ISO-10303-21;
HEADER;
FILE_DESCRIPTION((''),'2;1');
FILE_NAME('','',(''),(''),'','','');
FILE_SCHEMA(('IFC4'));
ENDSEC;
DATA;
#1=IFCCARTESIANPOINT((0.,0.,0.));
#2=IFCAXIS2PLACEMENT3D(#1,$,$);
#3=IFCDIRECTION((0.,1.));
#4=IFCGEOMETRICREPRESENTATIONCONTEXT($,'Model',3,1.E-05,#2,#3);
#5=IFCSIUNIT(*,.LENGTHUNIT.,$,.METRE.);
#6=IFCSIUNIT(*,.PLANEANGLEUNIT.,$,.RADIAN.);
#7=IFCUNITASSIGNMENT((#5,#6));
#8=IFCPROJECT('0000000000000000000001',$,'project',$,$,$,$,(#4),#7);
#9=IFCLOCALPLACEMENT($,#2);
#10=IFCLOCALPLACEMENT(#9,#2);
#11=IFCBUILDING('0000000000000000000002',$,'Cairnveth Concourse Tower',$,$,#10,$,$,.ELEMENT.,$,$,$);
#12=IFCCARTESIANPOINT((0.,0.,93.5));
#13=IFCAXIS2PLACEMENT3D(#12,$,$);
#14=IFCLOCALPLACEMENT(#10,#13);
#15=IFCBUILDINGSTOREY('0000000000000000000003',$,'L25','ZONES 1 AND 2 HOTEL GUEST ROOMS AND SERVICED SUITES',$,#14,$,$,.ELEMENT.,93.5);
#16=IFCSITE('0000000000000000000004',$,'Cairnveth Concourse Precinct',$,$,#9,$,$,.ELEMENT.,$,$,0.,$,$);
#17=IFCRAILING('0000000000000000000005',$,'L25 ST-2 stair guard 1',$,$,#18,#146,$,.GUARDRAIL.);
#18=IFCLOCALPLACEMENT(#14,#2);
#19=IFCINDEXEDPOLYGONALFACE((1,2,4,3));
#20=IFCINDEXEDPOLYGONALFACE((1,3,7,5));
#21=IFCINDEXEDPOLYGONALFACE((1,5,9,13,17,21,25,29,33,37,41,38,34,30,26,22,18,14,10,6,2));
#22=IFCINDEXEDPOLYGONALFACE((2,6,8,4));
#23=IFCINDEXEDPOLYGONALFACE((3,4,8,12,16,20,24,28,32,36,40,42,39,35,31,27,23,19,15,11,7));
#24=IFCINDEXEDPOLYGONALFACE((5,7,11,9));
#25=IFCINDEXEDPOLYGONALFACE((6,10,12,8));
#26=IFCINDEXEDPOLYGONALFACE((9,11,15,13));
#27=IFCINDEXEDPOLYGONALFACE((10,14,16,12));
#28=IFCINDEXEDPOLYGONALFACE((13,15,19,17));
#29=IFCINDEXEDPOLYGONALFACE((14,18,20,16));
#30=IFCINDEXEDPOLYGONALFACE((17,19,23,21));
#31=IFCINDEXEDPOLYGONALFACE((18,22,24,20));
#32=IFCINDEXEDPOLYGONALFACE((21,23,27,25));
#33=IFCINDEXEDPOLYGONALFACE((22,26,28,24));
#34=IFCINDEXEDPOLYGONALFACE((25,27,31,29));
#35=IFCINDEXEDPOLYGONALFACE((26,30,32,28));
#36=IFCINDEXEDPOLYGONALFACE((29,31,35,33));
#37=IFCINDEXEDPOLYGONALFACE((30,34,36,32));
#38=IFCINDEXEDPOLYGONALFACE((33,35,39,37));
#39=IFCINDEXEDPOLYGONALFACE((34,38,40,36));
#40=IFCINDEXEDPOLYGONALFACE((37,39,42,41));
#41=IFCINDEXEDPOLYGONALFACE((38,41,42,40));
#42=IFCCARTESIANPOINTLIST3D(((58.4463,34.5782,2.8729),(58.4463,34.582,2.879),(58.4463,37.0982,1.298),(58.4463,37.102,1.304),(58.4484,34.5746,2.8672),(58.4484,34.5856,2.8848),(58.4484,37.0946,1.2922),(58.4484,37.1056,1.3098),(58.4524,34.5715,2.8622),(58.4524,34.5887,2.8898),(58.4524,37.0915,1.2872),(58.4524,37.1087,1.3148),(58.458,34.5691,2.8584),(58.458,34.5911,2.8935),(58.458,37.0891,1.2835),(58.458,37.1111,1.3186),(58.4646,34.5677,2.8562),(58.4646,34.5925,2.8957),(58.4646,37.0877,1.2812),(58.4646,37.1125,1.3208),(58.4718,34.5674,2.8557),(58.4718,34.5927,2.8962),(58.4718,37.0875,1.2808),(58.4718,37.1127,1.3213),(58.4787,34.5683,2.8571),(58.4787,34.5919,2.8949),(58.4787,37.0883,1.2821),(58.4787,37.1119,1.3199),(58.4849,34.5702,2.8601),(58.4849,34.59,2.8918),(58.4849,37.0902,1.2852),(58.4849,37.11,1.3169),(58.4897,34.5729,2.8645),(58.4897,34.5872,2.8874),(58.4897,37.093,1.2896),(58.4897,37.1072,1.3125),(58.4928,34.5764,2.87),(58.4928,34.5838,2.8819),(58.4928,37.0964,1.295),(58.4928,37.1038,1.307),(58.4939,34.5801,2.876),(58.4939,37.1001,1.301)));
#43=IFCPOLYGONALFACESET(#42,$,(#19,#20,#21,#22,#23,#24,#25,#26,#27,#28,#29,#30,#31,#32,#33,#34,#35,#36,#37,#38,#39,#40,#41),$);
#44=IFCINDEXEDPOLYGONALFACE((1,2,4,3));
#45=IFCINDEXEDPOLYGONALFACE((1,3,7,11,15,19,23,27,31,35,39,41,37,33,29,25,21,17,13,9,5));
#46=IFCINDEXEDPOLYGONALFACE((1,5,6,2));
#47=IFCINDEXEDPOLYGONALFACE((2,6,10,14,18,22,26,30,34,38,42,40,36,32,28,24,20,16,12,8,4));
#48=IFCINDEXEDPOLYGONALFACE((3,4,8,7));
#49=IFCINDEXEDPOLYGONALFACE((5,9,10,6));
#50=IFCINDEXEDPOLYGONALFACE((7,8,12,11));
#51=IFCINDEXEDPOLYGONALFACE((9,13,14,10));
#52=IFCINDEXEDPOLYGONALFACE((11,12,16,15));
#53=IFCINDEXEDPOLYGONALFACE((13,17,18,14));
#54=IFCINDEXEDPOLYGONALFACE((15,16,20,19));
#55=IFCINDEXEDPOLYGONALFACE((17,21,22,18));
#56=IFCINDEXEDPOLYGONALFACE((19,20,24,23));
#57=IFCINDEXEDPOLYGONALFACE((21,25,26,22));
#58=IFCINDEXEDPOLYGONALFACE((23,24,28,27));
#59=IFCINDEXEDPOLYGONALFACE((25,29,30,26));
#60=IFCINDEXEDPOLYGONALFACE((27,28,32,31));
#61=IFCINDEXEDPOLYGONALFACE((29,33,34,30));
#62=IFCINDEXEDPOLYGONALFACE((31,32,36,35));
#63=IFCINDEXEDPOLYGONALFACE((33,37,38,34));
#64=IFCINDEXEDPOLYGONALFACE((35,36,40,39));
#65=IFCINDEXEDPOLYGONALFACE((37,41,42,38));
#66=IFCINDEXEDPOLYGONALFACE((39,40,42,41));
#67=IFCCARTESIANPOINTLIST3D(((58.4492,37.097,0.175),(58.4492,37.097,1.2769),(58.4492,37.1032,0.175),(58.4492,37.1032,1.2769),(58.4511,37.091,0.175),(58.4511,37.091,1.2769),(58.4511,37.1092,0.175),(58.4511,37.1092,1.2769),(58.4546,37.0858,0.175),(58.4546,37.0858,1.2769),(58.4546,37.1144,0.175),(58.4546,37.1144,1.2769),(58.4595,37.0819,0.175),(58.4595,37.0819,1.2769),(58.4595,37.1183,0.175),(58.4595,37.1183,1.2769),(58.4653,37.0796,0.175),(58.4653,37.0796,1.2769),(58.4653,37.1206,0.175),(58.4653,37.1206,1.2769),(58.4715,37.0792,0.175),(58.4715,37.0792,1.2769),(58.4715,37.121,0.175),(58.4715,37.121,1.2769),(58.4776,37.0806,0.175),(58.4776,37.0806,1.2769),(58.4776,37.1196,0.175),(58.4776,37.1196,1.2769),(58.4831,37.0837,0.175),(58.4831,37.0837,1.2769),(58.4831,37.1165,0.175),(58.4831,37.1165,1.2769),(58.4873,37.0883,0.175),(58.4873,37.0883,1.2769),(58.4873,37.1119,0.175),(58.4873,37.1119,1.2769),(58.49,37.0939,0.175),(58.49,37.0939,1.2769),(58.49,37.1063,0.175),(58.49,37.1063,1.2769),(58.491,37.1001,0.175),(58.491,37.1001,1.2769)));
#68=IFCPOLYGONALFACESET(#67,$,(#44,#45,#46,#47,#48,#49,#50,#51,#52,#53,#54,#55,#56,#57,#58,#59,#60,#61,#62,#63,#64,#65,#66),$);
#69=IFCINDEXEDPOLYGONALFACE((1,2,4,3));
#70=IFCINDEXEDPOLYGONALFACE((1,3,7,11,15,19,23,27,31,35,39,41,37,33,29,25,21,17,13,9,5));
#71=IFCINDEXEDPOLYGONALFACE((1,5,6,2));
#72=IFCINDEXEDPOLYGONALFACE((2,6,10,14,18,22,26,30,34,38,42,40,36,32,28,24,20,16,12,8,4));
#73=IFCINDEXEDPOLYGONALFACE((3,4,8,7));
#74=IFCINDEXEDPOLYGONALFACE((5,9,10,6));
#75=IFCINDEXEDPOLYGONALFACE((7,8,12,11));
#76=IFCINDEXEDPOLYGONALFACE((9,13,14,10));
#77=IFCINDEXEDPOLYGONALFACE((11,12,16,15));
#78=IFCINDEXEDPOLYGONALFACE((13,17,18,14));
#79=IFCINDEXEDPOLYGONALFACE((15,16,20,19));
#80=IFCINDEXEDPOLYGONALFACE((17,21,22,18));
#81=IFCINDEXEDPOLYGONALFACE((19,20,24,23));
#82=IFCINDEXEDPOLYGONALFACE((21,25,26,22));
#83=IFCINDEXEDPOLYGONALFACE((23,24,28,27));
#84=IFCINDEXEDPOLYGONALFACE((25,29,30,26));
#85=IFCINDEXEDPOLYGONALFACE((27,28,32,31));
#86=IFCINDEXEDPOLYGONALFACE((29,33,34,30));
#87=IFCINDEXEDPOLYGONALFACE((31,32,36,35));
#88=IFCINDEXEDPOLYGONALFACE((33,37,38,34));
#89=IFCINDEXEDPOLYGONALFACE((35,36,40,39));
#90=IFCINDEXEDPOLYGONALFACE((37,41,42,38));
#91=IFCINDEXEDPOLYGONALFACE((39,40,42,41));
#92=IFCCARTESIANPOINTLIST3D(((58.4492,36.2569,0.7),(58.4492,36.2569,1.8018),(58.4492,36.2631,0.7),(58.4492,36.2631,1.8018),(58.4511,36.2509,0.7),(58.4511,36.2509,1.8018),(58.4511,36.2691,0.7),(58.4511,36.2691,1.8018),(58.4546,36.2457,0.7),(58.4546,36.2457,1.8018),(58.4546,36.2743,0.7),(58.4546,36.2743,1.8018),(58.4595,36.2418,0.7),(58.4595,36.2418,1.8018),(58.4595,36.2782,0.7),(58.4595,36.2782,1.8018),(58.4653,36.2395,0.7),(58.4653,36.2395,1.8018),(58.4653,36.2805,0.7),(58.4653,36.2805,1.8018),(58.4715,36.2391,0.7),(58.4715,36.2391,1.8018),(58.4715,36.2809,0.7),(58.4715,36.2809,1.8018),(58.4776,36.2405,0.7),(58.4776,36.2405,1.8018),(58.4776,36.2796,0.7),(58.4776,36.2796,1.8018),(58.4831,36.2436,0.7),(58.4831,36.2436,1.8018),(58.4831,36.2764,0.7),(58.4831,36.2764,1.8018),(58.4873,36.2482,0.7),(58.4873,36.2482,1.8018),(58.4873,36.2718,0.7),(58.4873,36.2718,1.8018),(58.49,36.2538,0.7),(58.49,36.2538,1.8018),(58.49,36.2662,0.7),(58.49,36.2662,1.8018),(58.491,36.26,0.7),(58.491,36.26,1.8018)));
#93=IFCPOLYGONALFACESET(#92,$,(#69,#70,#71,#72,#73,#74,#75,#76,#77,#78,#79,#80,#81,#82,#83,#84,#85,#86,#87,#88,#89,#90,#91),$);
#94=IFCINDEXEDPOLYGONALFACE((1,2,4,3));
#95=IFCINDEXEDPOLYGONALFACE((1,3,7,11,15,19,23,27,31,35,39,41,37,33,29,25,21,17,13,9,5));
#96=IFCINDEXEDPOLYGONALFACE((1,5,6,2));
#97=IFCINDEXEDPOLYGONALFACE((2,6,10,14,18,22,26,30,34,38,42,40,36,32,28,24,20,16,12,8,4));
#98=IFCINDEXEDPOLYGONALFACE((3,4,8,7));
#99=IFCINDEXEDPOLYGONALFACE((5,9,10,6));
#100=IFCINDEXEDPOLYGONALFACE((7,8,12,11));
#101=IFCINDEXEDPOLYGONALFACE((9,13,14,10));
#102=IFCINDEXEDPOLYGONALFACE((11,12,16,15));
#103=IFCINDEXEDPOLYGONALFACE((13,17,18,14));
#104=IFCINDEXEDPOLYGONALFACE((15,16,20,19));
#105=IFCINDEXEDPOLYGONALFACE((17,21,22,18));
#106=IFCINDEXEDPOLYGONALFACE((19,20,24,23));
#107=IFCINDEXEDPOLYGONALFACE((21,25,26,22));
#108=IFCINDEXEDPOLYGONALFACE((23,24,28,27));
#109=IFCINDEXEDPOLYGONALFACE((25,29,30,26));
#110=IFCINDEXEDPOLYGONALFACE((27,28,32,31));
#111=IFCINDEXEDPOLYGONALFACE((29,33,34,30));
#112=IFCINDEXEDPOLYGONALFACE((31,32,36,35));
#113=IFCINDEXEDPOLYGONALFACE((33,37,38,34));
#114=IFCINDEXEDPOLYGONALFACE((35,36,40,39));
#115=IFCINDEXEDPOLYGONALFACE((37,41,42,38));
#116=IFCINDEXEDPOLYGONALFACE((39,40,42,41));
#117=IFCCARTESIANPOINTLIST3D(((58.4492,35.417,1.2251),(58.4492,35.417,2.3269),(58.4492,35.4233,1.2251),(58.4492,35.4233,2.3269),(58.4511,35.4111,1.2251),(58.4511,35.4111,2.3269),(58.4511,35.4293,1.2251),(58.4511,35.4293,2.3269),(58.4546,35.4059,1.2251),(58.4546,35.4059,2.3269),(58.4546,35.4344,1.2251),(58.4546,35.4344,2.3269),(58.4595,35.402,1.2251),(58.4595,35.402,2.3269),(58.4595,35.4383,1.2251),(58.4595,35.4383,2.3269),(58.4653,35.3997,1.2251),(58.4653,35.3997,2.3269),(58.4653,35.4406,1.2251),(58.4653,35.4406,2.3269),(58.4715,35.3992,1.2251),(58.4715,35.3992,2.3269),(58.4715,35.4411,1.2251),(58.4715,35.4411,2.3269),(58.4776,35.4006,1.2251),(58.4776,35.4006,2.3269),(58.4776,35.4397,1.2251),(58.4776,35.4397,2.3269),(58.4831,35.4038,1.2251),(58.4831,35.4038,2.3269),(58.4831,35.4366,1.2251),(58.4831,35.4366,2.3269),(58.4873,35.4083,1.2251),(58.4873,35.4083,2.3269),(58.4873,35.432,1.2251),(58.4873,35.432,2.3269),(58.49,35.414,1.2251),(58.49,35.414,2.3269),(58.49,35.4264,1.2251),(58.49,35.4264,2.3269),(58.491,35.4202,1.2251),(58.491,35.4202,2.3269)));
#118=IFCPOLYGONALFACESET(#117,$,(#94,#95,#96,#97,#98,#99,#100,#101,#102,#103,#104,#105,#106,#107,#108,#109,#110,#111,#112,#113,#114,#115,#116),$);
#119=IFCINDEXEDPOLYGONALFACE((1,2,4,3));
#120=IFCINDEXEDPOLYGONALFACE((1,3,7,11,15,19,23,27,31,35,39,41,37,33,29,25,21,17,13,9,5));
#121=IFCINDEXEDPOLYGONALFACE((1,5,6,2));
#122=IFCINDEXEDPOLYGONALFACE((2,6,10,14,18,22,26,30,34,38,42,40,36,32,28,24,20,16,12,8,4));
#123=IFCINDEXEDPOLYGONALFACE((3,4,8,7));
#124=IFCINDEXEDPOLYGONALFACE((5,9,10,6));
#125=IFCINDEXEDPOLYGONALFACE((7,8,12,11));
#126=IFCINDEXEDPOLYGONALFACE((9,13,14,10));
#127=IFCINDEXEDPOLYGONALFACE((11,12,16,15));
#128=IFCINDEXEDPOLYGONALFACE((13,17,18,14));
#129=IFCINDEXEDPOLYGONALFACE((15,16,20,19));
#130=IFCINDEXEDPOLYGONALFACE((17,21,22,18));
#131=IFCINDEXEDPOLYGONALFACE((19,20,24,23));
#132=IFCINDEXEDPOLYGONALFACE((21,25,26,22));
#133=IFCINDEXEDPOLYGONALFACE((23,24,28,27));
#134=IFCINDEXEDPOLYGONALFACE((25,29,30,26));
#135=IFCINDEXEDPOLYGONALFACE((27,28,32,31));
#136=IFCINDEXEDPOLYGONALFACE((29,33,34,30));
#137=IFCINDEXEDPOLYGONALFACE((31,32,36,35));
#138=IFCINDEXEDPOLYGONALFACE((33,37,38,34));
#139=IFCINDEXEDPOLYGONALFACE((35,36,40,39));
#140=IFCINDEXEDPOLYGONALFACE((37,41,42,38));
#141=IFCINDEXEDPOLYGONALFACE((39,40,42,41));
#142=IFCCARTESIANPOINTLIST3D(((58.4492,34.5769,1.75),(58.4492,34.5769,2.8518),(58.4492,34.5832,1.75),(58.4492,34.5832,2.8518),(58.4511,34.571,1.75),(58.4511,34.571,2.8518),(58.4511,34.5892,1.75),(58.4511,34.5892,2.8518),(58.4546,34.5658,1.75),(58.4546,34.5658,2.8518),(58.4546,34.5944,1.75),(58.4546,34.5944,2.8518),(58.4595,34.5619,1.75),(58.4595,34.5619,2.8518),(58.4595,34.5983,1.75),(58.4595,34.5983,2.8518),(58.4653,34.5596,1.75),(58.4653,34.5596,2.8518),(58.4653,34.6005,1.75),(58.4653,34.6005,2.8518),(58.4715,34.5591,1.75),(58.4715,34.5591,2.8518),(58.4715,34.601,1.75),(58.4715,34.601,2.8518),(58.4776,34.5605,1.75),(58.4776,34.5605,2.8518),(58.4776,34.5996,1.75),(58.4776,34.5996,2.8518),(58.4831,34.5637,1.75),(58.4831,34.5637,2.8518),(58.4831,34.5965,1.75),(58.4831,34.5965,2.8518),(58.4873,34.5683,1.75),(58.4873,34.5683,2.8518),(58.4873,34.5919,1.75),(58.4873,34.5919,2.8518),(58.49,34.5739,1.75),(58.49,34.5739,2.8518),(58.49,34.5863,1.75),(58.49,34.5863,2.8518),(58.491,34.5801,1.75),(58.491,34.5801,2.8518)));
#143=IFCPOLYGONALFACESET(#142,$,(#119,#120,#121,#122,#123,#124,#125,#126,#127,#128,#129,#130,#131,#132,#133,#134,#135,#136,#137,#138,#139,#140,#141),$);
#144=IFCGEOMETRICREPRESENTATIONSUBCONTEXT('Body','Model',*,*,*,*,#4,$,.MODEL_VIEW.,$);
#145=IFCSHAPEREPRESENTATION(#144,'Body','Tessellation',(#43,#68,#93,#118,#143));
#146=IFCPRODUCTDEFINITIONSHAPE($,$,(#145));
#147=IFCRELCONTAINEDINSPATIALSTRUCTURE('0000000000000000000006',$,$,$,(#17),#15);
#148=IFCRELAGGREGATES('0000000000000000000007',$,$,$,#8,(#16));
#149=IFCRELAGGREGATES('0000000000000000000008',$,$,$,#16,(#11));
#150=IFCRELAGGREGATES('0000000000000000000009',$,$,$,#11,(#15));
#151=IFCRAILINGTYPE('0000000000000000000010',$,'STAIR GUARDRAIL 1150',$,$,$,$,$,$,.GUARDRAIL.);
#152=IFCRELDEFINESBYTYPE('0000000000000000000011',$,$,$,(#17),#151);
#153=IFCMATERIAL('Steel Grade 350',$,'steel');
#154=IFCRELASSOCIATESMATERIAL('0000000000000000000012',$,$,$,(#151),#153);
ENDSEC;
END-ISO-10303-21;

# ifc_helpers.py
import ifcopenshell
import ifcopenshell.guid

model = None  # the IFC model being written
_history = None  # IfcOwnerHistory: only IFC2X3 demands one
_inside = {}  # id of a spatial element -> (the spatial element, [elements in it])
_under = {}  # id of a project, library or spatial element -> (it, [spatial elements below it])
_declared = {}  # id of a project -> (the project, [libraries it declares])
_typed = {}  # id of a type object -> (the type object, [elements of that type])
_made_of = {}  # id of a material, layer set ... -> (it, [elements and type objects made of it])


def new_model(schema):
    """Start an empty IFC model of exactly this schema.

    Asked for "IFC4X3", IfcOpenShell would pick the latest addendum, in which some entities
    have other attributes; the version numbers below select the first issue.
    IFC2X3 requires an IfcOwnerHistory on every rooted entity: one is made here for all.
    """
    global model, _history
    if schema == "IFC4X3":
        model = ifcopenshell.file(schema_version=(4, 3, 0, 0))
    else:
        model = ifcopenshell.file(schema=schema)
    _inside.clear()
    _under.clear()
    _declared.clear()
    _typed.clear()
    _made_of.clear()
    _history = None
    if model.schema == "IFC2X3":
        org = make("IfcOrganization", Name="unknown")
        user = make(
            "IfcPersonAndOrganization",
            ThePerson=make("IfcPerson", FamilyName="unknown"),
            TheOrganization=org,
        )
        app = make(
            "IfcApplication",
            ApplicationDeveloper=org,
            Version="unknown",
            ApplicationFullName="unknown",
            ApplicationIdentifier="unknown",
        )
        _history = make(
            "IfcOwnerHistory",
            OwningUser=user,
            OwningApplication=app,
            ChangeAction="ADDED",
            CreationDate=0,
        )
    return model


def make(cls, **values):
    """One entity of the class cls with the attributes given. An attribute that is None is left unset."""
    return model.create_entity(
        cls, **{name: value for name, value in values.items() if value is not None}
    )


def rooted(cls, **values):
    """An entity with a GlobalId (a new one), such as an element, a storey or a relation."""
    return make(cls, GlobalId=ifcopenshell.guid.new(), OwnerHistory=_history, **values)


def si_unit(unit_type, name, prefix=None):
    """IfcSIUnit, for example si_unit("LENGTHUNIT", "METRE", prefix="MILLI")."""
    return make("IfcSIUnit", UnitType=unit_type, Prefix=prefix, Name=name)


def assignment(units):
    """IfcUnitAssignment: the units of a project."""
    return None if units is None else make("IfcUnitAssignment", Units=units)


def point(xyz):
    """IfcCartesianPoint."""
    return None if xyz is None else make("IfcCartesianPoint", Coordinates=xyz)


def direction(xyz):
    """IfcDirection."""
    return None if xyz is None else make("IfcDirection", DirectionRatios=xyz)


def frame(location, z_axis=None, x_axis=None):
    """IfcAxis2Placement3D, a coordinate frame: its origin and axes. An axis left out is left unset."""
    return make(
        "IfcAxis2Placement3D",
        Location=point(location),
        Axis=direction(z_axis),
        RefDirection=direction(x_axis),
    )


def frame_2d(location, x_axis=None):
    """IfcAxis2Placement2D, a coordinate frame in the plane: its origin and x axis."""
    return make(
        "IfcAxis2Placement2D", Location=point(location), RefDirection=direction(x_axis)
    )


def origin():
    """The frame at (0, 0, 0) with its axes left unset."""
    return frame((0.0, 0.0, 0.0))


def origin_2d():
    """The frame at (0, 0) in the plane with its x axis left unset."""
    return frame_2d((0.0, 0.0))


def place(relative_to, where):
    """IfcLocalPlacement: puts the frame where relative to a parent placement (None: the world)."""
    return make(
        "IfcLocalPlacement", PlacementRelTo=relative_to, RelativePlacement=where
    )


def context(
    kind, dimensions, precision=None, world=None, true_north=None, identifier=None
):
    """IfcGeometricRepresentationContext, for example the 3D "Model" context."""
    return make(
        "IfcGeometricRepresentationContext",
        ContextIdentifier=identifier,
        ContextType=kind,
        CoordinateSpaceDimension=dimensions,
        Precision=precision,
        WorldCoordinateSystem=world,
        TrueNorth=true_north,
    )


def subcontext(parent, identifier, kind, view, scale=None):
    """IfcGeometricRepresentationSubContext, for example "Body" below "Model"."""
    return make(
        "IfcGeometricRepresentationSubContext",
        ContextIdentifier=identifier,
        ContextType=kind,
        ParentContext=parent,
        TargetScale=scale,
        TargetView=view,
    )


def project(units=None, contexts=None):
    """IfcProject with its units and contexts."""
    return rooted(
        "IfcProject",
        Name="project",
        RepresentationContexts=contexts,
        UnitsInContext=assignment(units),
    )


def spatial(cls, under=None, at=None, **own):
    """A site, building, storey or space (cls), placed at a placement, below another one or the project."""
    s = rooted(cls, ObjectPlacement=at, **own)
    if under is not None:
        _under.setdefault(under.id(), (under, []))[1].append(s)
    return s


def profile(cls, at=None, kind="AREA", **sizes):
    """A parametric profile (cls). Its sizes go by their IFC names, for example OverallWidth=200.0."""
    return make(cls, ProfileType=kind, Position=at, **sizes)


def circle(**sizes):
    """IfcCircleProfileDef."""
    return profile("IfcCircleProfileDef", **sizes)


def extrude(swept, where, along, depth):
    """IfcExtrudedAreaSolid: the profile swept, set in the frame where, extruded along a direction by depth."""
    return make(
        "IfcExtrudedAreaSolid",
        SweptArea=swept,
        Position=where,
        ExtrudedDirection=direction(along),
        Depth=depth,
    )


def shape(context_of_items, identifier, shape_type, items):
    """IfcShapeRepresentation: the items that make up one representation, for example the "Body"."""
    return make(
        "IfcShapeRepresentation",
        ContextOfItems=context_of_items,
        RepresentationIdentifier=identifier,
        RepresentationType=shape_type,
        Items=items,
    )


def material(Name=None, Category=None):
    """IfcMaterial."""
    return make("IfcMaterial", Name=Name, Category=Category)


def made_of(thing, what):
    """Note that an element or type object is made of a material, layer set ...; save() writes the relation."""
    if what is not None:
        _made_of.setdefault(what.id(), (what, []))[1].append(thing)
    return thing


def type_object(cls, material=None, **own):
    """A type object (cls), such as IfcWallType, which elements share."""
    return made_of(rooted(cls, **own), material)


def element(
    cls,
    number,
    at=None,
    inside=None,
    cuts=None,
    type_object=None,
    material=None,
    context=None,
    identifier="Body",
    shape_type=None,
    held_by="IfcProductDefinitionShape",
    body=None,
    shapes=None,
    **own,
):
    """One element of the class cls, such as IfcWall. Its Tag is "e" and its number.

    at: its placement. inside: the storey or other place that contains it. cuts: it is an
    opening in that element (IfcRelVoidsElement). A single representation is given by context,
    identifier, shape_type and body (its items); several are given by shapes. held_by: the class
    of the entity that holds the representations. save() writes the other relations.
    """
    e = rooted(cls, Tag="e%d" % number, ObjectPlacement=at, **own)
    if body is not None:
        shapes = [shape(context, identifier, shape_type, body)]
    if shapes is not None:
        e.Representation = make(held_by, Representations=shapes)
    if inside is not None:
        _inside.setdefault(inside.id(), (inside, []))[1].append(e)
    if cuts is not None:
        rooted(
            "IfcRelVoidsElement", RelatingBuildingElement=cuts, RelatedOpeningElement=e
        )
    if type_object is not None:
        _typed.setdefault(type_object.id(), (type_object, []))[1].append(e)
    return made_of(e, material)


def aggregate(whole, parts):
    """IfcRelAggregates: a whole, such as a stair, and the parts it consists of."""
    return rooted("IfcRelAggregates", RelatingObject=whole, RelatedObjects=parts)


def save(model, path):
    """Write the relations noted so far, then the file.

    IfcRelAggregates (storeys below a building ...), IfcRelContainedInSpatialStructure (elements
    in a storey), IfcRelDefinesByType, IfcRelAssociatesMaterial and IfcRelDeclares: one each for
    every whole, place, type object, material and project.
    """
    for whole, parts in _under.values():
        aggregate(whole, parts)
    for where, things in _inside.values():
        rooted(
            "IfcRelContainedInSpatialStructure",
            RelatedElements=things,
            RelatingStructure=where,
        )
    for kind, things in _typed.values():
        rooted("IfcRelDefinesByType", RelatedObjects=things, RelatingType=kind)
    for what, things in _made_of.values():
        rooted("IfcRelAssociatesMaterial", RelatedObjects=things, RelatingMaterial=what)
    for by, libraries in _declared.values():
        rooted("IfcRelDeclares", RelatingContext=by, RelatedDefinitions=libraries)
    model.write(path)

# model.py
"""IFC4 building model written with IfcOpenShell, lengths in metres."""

from ifc_helpers import new_model, si_unit, direction, frame, origin, origin_2d, place, context, subcontext, project, spatial, circle, extrude, material, type_object, element, save


model = new_model("IFC4")

# Units and contexts
model_context = context("Model", 3, precision=1e-05, world=origin(), true_north=direction((0.0, 1.0)))
body_context = subcontext(model_context, "Body", "Model", "MODEL_VIEW")
ifc_project = project(units=[si_unit("LENGTHUNIT", "METRE"), si_unit("PLANEANGLEUNIT", "RADIAN")], contexts=[model_context])

# Site, building, storey
site_placement = place(None, origin())
site = spatial("IfcSite", under=ifc_project, at=site_placement, Name="Cairnveth Concourse Precinct", CompositionType="ELEMENT", RefElevation=0.0)
building_placement = place(site_placement, origin())
building = spatial("IfcBuilding", under=site, at=building_placement, Name="Cairnveth Concourse Tower", CompositionType="ELEMENT")
storey_placement = place(building_placement, frame((0.0, 0.0, 93.5)))
storey = spatial("IfcBuildingStorey", under=building, at=storey_placement, Name="L25", Description="ZONES 1 AND 2 HOTEL GUEST ROOMS AND SERVICED SUITES", CompositionType="ELEMENT", Elevation=93.5)

# Shared definitions
ifc_material_1 = material(Name="Steel Grade 350", Category="steel")

# Railing
railing_type_1 = type_object("IfcRailingType", Name="STAIR GUARDRAIL 1150", PredefinedType="GUARDRAIL", material=ifc_material_1)
railing_1_placement = place(storey_placement, frame((58.47, 37.1001, 0.175)))
element("IfcRailing", 1, at=railing_1_placement, inside=storey, type_object=railing_type_1, Name="L25 ST-2 stair guard 1", PredefinedType="GUARDRAIL", context=body_context, shape_type="SweptSolid", body=[
    extrude(circle(Radius=0.0239, at=origin_2d()), frame((0.0, 0.0, 1.126), z_axis=(0.0, -0.848008, 0.529984), x_axis=(1.0, 0.0, 0.0)), (0.0, 0.0, 1.0), 2.9717),
    extrude(circle(Radius=0.021, at=origin_2d()), origin(), (0.0, 0.0, 1.0), 1.1018),
    extrude(circle(Radius=0.021, at=origin_2d()), frame((0.0, -0.8401, 0.5249)), (0.0, 0.0, 1.0), 1.1018),
    extrude(circle(Radius=0.021, at=origin_2d()), frame((0.0, -1.6799, 1.05)), (0.0, 0.0, 1.0), 1.1018),
    extrude(circle(Radius=0.021, at=origin_2d()), frame((0.0, -2.52, 1.575)), (0.0, 0.0, 1.0), 1.1018),
])

save(model, "model.ifc")
